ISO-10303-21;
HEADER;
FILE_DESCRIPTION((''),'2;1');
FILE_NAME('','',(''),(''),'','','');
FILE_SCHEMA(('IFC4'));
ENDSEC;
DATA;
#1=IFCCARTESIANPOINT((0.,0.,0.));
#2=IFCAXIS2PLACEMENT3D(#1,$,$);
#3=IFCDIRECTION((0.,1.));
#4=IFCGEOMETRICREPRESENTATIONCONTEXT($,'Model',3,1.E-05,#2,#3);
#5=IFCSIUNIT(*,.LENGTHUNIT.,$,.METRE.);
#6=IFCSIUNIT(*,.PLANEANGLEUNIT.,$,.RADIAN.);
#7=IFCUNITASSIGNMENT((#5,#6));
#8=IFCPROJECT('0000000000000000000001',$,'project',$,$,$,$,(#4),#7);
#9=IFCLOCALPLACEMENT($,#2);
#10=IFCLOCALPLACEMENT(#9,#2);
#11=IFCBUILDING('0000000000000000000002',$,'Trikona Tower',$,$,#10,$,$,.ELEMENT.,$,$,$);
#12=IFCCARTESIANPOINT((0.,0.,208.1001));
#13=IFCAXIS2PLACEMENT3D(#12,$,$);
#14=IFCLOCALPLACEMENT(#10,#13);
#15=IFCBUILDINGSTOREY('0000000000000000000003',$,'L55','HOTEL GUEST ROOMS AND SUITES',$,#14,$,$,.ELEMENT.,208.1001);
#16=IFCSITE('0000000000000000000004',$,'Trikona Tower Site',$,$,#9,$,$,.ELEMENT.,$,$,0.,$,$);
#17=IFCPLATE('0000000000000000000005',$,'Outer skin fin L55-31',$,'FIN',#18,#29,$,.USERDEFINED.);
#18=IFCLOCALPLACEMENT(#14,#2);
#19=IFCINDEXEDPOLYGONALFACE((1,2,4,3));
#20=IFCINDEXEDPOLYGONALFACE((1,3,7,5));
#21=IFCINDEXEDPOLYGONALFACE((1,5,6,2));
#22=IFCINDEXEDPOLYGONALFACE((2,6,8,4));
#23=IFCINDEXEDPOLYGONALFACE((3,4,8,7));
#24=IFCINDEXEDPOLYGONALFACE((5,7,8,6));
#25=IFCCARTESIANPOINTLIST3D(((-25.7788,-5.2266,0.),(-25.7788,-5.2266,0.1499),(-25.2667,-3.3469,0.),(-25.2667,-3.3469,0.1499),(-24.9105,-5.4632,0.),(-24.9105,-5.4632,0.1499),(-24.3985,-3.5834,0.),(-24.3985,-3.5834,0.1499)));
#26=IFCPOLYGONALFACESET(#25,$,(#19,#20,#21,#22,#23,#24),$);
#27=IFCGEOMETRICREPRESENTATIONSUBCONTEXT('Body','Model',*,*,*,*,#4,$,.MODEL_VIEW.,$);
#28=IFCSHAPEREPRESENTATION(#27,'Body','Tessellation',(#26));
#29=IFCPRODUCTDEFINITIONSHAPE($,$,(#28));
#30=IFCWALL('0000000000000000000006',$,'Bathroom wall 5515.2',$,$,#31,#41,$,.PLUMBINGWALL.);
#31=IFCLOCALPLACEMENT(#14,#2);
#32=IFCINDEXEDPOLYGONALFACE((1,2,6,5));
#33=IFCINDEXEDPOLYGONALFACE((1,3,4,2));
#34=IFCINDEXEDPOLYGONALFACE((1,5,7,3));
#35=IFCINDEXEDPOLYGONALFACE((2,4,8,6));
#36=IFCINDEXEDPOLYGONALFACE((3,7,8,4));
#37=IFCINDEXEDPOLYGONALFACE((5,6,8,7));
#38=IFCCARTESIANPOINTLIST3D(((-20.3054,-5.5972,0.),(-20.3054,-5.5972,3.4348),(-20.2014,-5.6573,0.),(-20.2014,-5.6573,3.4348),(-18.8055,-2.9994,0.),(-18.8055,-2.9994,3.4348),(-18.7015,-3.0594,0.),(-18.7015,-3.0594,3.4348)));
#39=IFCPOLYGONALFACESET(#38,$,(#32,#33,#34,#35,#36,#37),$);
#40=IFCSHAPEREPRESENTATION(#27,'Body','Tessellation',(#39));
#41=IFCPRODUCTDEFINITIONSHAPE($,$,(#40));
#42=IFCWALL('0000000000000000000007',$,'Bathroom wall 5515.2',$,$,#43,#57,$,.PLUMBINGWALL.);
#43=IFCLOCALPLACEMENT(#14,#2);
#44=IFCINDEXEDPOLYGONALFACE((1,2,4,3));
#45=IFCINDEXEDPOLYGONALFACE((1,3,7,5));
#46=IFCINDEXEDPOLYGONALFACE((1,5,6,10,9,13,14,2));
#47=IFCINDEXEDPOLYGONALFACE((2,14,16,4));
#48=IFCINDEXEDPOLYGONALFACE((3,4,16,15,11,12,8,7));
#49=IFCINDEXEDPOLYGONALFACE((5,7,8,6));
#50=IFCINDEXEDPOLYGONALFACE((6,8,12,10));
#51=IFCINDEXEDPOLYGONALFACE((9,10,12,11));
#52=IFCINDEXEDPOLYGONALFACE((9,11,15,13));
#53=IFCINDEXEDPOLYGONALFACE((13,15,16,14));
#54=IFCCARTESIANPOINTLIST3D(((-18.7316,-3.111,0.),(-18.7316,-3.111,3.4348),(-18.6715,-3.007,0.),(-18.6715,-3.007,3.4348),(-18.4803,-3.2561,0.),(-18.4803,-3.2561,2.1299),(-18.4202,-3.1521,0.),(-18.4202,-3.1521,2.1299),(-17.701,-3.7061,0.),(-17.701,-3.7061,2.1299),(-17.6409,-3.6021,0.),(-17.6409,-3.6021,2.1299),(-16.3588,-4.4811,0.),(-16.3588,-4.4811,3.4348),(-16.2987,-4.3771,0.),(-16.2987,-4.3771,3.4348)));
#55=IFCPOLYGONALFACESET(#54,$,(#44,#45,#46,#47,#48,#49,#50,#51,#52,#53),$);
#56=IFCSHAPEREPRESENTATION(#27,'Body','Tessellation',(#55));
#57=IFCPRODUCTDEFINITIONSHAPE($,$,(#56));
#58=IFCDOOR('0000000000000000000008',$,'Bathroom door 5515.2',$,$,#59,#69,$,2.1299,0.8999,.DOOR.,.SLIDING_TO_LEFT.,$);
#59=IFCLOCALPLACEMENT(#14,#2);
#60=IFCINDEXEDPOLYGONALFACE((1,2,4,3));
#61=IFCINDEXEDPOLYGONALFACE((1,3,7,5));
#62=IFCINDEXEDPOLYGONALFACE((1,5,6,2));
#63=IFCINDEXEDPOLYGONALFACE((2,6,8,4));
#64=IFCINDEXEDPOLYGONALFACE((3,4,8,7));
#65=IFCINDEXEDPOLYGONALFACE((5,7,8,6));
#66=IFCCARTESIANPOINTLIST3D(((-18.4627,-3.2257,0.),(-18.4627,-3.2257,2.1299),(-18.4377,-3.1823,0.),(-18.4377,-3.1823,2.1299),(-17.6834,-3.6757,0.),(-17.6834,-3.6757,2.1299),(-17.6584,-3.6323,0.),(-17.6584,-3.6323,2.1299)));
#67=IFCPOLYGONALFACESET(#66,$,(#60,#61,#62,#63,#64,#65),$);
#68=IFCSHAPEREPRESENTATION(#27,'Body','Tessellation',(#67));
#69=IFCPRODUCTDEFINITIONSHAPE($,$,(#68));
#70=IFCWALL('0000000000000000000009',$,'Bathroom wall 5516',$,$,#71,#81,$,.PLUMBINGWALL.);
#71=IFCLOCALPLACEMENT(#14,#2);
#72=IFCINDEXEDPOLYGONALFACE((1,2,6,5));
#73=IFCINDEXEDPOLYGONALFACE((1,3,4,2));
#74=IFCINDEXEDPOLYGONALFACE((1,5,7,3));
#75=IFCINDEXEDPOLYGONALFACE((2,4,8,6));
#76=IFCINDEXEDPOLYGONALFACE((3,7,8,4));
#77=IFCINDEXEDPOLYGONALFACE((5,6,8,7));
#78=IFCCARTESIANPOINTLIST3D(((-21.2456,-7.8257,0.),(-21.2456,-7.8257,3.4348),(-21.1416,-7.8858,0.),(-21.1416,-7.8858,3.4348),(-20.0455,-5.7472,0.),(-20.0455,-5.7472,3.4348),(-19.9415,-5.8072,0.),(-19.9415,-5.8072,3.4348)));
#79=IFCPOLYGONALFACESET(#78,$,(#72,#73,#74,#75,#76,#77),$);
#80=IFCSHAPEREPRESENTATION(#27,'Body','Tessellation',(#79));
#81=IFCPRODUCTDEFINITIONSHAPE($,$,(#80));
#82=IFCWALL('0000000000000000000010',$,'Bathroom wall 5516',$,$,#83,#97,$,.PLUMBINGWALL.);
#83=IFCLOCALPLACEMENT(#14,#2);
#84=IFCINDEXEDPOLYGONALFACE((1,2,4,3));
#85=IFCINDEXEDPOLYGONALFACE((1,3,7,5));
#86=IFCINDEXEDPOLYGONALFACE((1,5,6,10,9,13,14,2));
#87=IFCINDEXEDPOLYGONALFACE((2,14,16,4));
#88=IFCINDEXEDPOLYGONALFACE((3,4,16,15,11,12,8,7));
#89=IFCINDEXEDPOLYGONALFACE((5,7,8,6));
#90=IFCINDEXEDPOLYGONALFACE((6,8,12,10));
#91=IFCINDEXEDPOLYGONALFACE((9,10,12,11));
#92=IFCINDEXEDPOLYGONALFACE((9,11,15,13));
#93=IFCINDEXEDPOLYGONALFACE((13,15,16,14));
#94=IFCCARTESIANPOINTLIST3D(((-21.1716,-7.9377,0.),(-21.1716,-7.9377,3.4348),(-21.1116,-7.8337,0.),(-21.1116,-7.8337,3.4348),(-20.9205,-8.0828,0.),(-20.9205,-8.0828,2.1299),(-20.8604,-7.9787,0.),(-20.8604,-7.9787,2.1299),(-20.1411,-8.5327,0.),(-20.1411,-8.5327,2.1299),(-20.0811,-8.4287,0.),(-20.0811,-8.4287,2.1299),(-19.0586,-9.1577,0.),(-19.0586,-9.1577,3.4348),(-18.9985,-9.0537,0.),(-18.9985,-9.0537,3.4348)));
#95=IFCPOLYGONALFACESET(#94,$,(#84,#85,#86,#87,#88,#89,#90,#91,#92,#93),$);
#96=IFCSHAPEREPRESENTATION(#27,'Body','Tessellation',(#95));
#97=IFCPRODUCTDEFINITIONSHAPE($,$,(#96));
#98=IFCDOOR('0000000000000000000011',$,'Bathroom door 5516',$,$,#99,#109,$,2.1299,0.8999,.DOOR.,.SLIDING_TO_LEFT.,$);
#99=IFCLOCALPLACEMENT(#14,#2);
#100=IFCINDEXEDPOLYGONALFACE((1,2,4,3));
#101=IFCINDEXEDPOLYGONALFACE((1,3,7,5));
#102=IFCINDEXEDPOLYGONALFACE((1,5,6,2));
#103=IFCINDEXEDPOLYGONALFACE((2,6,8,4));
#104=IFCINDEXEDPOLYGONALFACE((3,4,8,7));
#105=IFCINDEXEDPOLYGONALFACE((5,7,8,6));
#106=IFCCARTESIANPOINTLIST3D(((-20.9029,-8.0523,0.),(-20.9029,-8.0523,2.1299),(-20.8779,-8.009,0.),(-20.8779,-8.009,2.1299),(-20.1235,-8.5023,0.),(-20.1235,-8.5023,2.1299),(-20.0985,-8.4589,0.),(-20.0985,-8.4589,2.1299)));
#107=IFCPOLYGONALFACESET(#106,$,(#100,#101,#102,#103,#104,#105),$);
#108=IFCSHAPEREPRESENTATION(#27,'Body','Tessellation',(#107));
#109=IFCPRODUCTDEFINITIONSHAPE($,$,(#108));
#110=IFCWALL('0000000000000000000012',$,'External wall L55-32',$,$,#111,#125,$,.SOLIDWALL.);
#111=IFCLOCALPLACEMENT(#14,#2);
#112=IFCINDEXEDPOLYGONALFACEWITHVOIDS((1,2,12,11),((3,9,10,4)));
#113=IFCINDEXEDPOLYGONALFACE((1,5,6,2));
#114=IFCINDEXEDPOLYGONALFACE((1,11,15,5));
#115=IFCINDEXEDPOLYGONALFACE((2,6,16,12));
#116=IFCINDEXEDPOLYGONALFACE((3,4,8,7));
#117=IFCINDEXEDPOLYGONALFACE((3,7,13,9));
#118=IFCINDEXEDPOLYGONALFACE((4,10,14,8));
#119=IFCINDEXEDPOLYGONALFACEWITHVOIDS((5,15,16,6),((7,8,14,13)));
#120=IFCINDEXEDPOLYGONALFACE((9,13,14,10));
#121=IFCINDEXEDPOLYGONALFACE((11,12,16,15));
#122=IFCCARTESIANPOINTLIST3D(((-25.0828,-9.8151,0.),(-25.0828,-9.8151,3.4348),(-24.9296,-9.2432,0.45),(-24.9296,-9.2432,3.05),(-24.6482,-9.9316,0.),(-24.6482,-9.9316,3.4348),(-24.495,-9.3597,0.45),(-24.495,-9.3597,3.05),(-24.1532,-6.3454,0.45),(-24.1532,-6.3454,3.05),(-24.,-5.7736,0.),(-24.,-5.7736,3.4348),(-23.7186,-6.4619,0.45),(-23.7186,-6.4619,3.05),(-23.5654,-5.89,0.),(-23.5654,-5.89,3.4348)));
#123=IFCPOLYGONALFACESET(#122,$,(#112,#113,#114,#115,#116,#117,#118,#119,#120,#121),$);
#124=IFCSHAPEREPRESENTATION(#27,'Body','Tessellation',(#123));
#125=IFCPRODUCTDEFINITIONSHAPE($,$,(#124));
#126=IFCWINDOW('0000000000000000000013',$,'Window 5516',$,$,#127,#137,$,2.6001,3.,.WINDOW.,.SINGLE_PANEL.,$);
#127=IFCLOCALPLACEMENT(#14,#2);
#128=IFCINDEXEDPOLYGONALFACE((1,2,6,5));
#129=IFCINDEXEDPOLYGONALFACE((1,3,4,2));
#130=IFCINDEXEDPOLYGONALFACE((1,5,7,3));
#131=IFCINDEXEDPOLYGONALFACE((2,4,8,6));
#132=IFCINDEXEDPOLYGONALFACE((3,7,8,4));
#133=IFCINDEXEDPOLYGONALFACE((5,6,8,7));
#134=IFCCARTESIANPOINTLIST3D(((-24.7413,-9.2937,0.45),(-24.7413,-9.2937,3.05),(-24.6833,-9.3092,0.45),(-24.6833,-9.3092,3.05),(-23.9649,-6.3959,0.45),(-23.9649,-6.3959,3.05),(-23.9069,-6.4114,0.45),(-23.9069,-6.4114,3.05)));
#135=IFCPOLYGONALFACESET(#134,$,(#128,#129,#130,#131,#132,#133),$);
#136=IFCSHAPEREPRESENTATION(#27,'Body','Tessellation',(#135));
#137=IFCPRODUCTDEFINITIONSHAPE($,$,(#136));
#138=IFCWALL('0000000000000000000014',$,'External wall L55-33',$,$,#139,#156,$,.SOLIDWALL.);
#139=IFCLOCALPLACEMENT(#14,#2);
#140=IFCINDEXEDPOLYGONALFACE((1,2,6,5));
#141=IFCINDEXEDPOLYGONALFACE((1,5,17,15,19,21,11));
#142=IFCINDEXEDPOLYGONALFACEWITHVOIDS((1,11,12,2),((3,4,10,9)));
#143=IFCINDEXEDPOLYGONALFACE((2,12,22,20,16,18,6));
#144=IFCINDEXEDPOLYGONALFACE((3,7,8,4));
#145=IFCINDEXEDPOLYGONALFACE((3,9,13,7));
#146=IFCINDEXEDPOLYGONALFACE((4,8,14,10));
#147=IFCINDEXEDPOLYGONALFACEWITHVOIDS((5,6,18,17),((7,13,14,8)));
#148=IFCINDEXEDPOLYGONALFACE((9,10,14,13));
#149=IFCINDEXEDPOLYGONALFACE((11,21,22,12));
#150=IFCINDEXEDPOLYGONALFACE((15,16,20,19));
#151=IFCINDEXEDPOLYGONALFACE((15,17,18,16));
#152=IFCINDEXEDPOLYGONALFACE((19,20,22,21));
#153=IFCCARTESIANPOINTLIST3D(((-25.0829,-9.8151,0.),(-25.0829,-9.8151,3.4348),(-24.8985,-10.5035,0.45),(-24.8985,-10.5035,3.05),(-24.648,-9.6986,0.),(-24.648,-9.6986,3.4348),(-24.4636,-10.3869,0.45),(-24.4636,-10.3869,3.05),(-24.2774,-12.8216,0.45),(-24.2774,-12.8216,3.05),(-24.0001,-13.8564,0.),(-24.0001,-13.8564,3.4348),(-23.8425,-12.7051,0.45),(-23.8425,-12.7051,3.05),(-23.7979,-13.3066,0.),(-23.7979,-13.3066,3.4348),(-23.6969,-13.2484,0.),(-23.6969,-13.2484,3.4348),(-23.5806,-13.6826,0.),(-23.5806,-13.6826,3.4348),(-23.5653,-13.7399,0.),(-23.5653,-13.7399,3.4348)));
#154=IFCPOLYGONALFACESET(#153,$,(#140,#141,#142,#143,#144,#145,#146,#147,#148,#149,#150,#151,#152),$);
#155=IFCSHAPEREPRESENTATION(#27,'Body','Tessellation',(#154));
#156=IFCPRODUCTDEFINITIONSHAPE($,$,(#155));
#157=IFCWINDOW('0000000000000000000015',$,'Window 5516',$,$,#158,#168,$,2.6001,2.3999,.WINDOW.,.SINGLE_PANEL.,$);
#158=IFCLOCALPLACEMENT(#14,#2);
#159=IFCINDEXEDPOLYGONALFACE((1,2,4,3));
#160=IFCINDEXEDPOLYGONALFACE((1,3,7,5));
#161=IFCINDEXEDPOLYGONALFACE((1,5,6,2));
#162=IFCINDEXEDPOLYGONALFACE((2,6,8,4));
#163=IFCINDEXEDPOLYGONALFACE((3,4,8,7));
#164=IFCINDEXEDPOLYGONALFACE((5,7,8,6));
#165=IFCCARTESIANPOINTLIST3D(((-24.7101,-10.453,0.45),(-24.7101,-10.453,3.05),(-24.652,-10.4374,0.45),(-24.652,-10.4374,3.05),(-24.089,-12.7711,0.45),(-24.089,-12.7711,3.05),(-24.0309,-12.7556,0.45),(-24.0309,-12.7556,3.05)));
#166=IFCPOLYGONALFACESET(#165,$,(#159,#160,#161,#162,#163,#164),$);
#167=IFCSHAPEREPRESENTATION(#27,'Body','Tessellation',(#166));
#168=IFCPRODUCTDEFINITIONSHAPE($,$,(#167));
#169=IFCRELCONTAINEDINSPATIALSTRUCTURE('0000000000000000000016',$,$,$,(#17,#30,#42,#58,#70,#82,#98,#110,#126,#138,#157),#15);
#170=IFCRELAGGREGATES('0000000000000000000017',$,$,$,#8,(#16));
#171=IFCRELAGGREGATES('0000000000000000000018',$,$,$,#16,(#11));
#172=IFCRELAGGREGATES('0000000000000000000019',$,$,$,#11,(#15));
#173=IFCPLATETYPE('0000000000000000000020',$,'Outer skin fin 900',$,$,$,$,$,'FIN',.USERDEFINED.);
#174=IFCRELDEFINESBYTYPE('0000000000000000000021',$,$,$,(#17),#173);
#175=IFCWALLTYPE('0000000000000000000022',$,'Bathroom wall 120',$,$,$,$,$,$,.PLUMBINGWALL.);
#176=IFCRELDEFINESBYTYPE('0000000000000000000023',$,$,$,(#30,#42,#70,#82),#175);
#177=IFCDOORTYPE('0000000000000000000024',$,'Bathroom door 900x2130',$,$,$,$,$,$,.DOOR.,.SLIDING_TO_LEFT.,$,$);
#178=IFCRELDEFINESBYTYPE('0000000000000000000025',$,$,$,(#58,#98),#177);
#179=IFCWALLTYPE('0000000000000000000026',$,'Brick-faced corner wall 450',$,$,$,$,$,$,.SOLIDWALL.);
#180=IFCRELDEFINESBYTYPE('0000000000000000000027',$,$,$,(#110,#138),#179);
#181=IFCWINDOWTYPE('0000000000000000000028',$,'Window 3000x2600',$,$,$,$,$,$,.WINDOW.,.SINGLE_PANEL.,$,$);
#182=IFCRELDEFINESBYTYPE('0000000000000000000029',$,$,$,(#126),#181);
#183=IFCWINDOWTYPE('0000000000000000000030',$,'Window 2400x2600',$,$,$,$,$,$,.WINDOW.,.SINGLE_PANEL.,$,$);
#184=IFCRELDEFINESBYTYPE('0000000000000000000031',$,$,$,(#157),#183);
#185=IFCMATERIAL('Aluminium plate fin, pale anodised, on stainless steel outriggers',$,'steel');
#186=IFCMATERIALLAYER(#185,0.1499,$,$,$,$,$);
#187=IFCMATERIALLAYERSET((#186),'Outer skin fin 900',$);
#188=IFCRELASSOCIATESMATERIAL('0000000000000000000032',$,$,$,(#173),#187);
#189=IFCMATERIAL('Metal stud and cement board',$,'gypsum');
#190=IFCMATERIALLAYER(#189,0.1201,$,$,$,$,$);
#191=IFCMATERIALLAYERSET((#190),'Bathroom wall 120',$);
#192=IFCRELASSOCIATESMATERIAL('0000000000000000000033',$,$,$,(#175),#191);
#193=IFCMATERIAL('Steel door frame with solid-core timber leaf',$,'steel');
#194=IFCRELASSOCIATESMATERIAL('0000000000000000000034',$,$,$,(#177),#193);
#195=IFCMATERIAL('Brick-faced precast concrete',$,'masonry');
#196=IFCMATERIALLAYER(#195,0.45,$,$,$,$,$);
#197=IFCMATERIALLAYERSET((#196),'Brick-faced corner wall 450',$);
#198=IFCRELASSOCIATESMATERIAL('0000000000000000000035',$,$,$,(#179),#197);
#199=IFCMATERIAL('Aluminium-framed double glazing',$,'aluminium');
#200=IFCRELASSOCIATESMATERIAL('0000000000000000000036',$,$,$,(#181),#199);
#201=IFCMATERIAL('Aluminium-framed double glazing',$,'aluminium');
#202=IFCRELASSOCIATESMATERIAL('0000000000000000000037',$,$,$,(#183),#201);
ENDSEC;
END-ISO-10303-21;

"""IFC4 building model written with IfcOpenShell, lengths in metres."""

from ifc_helpers import new_model, si_unit, direction, frame, frame_2d, origin, origin_2d, place, context, subcontext, project, spatial, polyline, rectangle, outline, extrude, material, layer, layer_set, type_object, element, fill, save


model = new_model("IFC4")

# Units and contexts
model_context = context("Model", 3, precision=1e-05, world=origin(), true_north=direction((0.0, 1.0)))
body_context = subcontext(model_context, "Body", "Model", "MODEL_VIEW")
ifc_project = project(units=[si_unit("LENGTHUNIT", "METRE"), si_unit("PLANEANGLEUNIT", "RADIAN")], contexts=[model_context])

# Site, building, storey
site_placement = place(None, origin())
site = spatial("IfcSite", under=ifc_project, at=site_placement, Name="Trikona Tower Site", CompositionType="ELEMENT", RefElevation=0.0)
building_placement = place(site_placement, origin())
building = spatial("IfcBuilding", under=site, at=building_placement, Name="Trikona Tower", CompositionType="ELEMENT")
storey_placement = place(building_placement, frame((0.0, 0.0, 208.1001)))
storey = spatial("IfcBuildingStorey", under=building, at=storey_placement, Name="L55", Description="HOTEL GUEST ROOMS AND SUITES", CompositionType="ELEMENT", Elevation=208.1001)

# Plate
ifc_material_1 = material(Name="Aluminium plate fin, pale anodised, on stainless steel outriggers", Category="steel")
ifc_layer_1 = layer(ifc_material_1, 0.1499)
ifc_layer_set_1 = layer_set([ifc_layer_1], Name="Outer skin fin 900")
plate_type_1 = type_object("IfcPlateType", Name="Outer skin fin 900", ElementType="FIN", PredefinedType="USERDEFINED", material=ifc_layer_set_1)
plate_1_placement = place(storey_placement, frame((-25.0886, -4.405, 0.0), z_axis=(0.0, 0.0, 1.0), x_axis=(-0.262822, -0.964844, 0.0)))
element("IfcPlate", 1, at=plate_1_placement, inside=storey, type_object=plate_type_1, Name="Outer skin fin L55-31", ObjectType="FIN", PredefinedType="USERDEFINED", context=body_context, shape_type="SweptSolid", body=[
    extrude(rectangle(XDim=1.9482, YDim=0.8999, at=origin_2d()), origin(), (0.0, 0.0, 1.0), 0.1499),
])

# Wall
ifc_material_2 = material(Name="Metal stud and cement board", Category="gypsum")
ifc_layer_2 = layer(ifc_material_2, 0.1201)
ifc_layer_set_2 = layer_set([ifc_layer_2], Name="Bathroom wall 120")
wall_type_1 = type_object("IfcWallType", Name="Bathroom wall 120", PredefinedType="PLUMBINGWALL", material=ifc_layer_set_2)
wall_1_placement = place(storey_placement, frame((-18.7534, -3.0293, 0.0), z_axis=(0.0, 0.0, 1.0), x_axis=(-0.500025, -0.866011, 0.0)))
element("IfcWall", 2, at=wall_1_placement, inside=storey, type_object=wall_type_1, Name="Bathroom wall 5515.2", PredefinedType="PLUMBINGWALL", context=body_context, shape_type="SweptSolid", body=[
    extrude(rectangle(XDim=2.9998, YDim=0.1201, at=frame_2d((1.5, 0.0))), origin(), (0.0, 0.0, 1.0), 3.4348),
])

# Wall, opening, door
wall_2_placement = place(storey_placement, frame((-16.3286, -4.4292, 0.0), z_axis=(0.0, 0.0, 1.0), x_axis=(-0.865997, 0.500049, 0.0)))
wall_2 = element("IfcWall", 3, at=wall_2_placement, inside=storey, type_object=wall_type_1, Name="Bathroom wall 5515.2", PredefinedType="PLUMBINGWALL", context=body_context, shape_type="SweptSolid", body=[
    extrude(rectangle(XDim=2.74, YDim=0.1201, at=frame_2d((1.3701, 0.0))), origin(), (0.0, 0.0, 1.0), 3.4348),
])
opening_1_placement = place(wall_2_placement, frame((1.55, 0.0, 0.0)))
opening_1 = element("IfcOpeningElement", 4, at=opening_1_placement, cuts=wall_2, PredefinedType="OPENING", context=body_context, shape_type="SweptSolid", body=[
    extrude(rectangle(XDim=0.8999, YDim=2.1299, at=frame_2d((0.45, 1.0649))), frame((0.0, 0.0701, 0.0), z_axis=(0.0, -1.0, 0.0), x_axis=(1.0, 0.0, 0.0)), (0.0, 0.0, 1.0), 0.1401),
])
ifc_material_3 = material(Name="Steel door frame with solid-core timber leaf", Category="steel")
door_type_1 = type_object("IfcDoorType", Name="Bathroom door 900x2130", OperationType="SLIDING_TO_LEFT", PredefinedType="DOOR", material=ifc_material_3)
door_1_placement = place(opening_1_placement, origin())
door_1 = element("IfcDoor", 5, at=door_1_placement, inside=storey, type_object=door_type_1, Name="Bathroom door 5515.2", OperationType="SLIDING_TO_LEFT", OverallHeight=2.1299, OverallWidth=0.8999, PredefinedType="DOOR", context=body_context, shape_type="SweptSolid", body=[
    extrude(rectangle(XDim=0.8999, YDim=2.1299, at=frame_2d((0.45, 1.0649))), frame((0.0, 0.0249, 0.0), z_axis=(0.0, -1.0, 0.0), x_axis=(1.0, 0.0, 0.0)), (0.0, 0.0, 1.0), 0.05),
])
fill(opening_1, door_1)

# Wall
wall_3_placement = place(storey_placement, frame((-19.9934, -5.7771, 0.0), z_axis=(0.0, 0.0, 1.0), x_axis=(-0.500034, -0.866006, 0.0)))
element("IfcWall", 6, at=wall_3_placement, inside=storey, type_object=wall_type_1, Name="Bathroom wall 5516", PredefinedType="PLUMBINGWALL", context=body_context, shape_type="SweptSolid", body=[
    extrude(rectangle(XDim=2.4001, YDim=0.1201, at=frame_2d((1.2002, 0.0))), origin(), (0.0, 0.0, 1.0), 3.4348),
])

# Wall, opening, door
wall_4_placement = place(storey_placement, frame((-19.0286, -9.1057, 0.0), z_axis=(0.0, 0.0, 1.0), x_axis=(-0.866024, 0.500003, 0.0)))
wall_4 = element("IfcWall", 7, at=wall_4_placement, inside=storey, type_object=wall_type_1, Name="Bathroom wall 5516", PredefinedType="PLUMBINGWALL", context=body_context, shape_type="SweptSolid", body=[
    extrude(rectangle(XDim=2.4399, YDim=0.1201, at=frame_2d((1.22, 0.0))), origin(), (0.0, 0.0, 1.0), 3.4348),
])
opening_2_placement = place(wall_4_placement, frame((1.25, 0.0, 0.0)))
opening_2 = element("IfcOpeningElement", 8, at=opening_2_placement, cuts=wall_4, PredefinedType="OPENING", context=body_context, shape_type="SweptSolid", body=[
    extrude(rectangle(XDim=0.8999, YDim=2.1299, at=frame_2d((0.45, 1.0649))), frame((0.0, 0.0701, 0.0), z_axis=(0.0, -1.0, 0.0), x_axis=(1.0, 0.0, 0.0)), (0.0, 0.0, 1.0), 0.1401),
])
door_2_placement = place(opening_2_placement, origin())
door_2 = element("IfcDoor", 9, at=door_2_placement, inside=storey, type_object=door_type_1, Name="Bathroom door 5516", OperationType="SLIDING_TO_LEFT", OverallHeight=2.1299, OverallWidth=0.8999, PredefinedType="DOOR", context=body_context, shape_type="SweptSolid", body=[
    extrude(rectangle(XDim=0.8999, YDim=2.1299, at=frame_2d((0.45, 1.0649))), frame((0.0, 0.0249, 0.0), z_axis=(0.0, -1.0, 0.0), x_axis=(1.0, 0.0, 0.0)), (0.0, 0.0, 1.0), 0.05),
])
fill(opening_2, door_2)

# Walls, openings, windows
ifc_material_4 = material(Name="Brick-faced precast concrete", Category="masonry")
ifc_layer_3 = layer(ifc_material_4, 0.45)
ifc_layer_set_3 = layer_set([ifc_layer_3], Name="Brick-faced corner wall 450")
wall_type_2 = type_object("IfcWallType", Name="Brick-faced corner wall 450", PredefinedType="SOLIDWALL", material=ifc_layer_set_3)
wall_5_placement = place(storey_placement, frame((-23.7827, -5.8318, 0.0), z_axis=(0.0, 0.0, 1.0), x_axis=(-0.258785, -0.965935, 0.0)))
wall_5 = element("IfcWall", 10, at=wall_5_placement, inside=storey, type_object=wall_type_2, Name="External wall L55-32", PredefinedType="SOLIDWALL", context=body_context, shape_type="SweptSolid", body=[
    extrude(rectangle(XDim=4.1841, YDim=0.45, at=frame_2d((2.092, 0.0))), origin(), (0.0, 0.0, 1.0), 3.4348),
])
opening_3_placement = place(wall_5_placement, frame((0.592, 0.0, 0.45)))
opening_3 = element("IfcOpeningElement", 11, at=opening_3_placement, cuts=wall_5, PredefinedType="OPENING", context=body_context, shape_type="SweptSolid", body=[
    extrude(rectangle(XDim=3.0, YDim=2.6001, at=frame_2d((1.5, 1.3))), frame((0.0, 0.2349, 0.0), z_axis=(0.0, -1.0, 0.0), x_axis=(1.0, 0.0, 0.0)), (0.0, 0.0, 1.0), 0.47),
])
ifc_material_5 = material(Name="Aluminium-framed double glazing", Category="aluminium")
window_type_1 = type_object("IfcWindowType", Name="Window 3000x2600", PartitioningType="SINGLE_PANEL", PredefinedType="WINDOW", material=ifc_material_5)
window_1_placement = place(opening_3_placement, origin())
window_1 = element("IfcWindow", 12, at=window_1_placement, inside=storey, type_object=window_type_1, Name="Window 5516", OverallHeight=2.6001, OverallWidth=3.0, PartitioningType="SINGLE_PANEL", PredefinedType="WINDOW", context=body_context, shape_type="SweptSolid", body=[
    extrude(rectangle(XDim=3.0, YDim=2.6001, at=frame_2d((1.5, 1.3))), frame((0.0, 0.03, 0.0), z_axis=(0.0, -1.0, 0.0), x_axis=(1.0, 0.0, 0.0)), (0.0, 0.0, 1.0), 0.0601),
])
fill(opening_3, window_1)
wall_6_placement = place(storey_placement, frame((-24.8655, -9.7568, 0.0), z_axis=(0.0, 0.0, 1.0), x_axis=(0.258799, -0.965931, 0.0)))
wall_6 = element("IfcWall", 13, at=wall_6_placement, inside=storey, type_object=wall_type_2, Name="External wall L55-33", PredefinedType="SOLIDWALL", context=body_context, shape_type="SweptSolid", body=[
    extrude(outline(polyline([(4.1838, 0.2251), (4.1245, 0.2251), (3.7051, 0.1125), (3.675, 0.2251), (0.0, 0.2251), (0.0, -0.2251), (4.1838, -0.2251), (4.1838, 0.2251)])), origin(), (0.0, 0.0, 1.0), 3.4348),
])
opening_4_placement = place(wall_6_placement, frame((0.7126, 0.0, 0.45)))
opening_4 = element("IfcOpeningElement", 14, at=opening_4_placement, cuts=wall_6, PredefinedType="OPENING", context=body_context, shape_type="SweptSolid", body=[
    extrude(rectangle(XDim=2.3999, YDim=2.6001, at=frame_2d((1.2, 1.3))), frame((0.0, 0.2349, 0.0), z_axis=(0.0, -1.0, 0.0), x_axis=(1.0, 0.0, 0.0)), (0.0, 0.0, 1.0), 0.47),
])
ifc_material_6 = material(Name="Aluminium-framed double glazing", Category="aluminium")
window_type_2 = type_object("IfcWindowType", Name="Window 2400x2600", PartitioningType="SINGLE_PANEL", PredefinedType="WINDOW", material=ifc_material_6)
window_2_placement = place(opening_4_placement, origin())
window_2 = element("IfcWindow", 15, at=window_2_placement, inside=storey, type_object=window_type_2, Name="Window 5516", OverallHeight=2.6001, OverallWidth=2.3999, PartitioningType="SINGLE_PANEL", PredefinedType="WINDOW", context=body_context, shape_type="SweptSolid", body=[
    extrude(rectangle(XDim=2.3999, YDim=2.6001, at=frame_2d((1.2, 1.3))), frame((0.0, 0.03, 0.0), z_axis=(0.0, -1.0, 0.0), x_axis=(1.0, 0.0, 0.0)), (0.0, 0.0, 1.0), 0.0601),
])
fill(opening_4, window_2)

save(model, "model.ifc")
